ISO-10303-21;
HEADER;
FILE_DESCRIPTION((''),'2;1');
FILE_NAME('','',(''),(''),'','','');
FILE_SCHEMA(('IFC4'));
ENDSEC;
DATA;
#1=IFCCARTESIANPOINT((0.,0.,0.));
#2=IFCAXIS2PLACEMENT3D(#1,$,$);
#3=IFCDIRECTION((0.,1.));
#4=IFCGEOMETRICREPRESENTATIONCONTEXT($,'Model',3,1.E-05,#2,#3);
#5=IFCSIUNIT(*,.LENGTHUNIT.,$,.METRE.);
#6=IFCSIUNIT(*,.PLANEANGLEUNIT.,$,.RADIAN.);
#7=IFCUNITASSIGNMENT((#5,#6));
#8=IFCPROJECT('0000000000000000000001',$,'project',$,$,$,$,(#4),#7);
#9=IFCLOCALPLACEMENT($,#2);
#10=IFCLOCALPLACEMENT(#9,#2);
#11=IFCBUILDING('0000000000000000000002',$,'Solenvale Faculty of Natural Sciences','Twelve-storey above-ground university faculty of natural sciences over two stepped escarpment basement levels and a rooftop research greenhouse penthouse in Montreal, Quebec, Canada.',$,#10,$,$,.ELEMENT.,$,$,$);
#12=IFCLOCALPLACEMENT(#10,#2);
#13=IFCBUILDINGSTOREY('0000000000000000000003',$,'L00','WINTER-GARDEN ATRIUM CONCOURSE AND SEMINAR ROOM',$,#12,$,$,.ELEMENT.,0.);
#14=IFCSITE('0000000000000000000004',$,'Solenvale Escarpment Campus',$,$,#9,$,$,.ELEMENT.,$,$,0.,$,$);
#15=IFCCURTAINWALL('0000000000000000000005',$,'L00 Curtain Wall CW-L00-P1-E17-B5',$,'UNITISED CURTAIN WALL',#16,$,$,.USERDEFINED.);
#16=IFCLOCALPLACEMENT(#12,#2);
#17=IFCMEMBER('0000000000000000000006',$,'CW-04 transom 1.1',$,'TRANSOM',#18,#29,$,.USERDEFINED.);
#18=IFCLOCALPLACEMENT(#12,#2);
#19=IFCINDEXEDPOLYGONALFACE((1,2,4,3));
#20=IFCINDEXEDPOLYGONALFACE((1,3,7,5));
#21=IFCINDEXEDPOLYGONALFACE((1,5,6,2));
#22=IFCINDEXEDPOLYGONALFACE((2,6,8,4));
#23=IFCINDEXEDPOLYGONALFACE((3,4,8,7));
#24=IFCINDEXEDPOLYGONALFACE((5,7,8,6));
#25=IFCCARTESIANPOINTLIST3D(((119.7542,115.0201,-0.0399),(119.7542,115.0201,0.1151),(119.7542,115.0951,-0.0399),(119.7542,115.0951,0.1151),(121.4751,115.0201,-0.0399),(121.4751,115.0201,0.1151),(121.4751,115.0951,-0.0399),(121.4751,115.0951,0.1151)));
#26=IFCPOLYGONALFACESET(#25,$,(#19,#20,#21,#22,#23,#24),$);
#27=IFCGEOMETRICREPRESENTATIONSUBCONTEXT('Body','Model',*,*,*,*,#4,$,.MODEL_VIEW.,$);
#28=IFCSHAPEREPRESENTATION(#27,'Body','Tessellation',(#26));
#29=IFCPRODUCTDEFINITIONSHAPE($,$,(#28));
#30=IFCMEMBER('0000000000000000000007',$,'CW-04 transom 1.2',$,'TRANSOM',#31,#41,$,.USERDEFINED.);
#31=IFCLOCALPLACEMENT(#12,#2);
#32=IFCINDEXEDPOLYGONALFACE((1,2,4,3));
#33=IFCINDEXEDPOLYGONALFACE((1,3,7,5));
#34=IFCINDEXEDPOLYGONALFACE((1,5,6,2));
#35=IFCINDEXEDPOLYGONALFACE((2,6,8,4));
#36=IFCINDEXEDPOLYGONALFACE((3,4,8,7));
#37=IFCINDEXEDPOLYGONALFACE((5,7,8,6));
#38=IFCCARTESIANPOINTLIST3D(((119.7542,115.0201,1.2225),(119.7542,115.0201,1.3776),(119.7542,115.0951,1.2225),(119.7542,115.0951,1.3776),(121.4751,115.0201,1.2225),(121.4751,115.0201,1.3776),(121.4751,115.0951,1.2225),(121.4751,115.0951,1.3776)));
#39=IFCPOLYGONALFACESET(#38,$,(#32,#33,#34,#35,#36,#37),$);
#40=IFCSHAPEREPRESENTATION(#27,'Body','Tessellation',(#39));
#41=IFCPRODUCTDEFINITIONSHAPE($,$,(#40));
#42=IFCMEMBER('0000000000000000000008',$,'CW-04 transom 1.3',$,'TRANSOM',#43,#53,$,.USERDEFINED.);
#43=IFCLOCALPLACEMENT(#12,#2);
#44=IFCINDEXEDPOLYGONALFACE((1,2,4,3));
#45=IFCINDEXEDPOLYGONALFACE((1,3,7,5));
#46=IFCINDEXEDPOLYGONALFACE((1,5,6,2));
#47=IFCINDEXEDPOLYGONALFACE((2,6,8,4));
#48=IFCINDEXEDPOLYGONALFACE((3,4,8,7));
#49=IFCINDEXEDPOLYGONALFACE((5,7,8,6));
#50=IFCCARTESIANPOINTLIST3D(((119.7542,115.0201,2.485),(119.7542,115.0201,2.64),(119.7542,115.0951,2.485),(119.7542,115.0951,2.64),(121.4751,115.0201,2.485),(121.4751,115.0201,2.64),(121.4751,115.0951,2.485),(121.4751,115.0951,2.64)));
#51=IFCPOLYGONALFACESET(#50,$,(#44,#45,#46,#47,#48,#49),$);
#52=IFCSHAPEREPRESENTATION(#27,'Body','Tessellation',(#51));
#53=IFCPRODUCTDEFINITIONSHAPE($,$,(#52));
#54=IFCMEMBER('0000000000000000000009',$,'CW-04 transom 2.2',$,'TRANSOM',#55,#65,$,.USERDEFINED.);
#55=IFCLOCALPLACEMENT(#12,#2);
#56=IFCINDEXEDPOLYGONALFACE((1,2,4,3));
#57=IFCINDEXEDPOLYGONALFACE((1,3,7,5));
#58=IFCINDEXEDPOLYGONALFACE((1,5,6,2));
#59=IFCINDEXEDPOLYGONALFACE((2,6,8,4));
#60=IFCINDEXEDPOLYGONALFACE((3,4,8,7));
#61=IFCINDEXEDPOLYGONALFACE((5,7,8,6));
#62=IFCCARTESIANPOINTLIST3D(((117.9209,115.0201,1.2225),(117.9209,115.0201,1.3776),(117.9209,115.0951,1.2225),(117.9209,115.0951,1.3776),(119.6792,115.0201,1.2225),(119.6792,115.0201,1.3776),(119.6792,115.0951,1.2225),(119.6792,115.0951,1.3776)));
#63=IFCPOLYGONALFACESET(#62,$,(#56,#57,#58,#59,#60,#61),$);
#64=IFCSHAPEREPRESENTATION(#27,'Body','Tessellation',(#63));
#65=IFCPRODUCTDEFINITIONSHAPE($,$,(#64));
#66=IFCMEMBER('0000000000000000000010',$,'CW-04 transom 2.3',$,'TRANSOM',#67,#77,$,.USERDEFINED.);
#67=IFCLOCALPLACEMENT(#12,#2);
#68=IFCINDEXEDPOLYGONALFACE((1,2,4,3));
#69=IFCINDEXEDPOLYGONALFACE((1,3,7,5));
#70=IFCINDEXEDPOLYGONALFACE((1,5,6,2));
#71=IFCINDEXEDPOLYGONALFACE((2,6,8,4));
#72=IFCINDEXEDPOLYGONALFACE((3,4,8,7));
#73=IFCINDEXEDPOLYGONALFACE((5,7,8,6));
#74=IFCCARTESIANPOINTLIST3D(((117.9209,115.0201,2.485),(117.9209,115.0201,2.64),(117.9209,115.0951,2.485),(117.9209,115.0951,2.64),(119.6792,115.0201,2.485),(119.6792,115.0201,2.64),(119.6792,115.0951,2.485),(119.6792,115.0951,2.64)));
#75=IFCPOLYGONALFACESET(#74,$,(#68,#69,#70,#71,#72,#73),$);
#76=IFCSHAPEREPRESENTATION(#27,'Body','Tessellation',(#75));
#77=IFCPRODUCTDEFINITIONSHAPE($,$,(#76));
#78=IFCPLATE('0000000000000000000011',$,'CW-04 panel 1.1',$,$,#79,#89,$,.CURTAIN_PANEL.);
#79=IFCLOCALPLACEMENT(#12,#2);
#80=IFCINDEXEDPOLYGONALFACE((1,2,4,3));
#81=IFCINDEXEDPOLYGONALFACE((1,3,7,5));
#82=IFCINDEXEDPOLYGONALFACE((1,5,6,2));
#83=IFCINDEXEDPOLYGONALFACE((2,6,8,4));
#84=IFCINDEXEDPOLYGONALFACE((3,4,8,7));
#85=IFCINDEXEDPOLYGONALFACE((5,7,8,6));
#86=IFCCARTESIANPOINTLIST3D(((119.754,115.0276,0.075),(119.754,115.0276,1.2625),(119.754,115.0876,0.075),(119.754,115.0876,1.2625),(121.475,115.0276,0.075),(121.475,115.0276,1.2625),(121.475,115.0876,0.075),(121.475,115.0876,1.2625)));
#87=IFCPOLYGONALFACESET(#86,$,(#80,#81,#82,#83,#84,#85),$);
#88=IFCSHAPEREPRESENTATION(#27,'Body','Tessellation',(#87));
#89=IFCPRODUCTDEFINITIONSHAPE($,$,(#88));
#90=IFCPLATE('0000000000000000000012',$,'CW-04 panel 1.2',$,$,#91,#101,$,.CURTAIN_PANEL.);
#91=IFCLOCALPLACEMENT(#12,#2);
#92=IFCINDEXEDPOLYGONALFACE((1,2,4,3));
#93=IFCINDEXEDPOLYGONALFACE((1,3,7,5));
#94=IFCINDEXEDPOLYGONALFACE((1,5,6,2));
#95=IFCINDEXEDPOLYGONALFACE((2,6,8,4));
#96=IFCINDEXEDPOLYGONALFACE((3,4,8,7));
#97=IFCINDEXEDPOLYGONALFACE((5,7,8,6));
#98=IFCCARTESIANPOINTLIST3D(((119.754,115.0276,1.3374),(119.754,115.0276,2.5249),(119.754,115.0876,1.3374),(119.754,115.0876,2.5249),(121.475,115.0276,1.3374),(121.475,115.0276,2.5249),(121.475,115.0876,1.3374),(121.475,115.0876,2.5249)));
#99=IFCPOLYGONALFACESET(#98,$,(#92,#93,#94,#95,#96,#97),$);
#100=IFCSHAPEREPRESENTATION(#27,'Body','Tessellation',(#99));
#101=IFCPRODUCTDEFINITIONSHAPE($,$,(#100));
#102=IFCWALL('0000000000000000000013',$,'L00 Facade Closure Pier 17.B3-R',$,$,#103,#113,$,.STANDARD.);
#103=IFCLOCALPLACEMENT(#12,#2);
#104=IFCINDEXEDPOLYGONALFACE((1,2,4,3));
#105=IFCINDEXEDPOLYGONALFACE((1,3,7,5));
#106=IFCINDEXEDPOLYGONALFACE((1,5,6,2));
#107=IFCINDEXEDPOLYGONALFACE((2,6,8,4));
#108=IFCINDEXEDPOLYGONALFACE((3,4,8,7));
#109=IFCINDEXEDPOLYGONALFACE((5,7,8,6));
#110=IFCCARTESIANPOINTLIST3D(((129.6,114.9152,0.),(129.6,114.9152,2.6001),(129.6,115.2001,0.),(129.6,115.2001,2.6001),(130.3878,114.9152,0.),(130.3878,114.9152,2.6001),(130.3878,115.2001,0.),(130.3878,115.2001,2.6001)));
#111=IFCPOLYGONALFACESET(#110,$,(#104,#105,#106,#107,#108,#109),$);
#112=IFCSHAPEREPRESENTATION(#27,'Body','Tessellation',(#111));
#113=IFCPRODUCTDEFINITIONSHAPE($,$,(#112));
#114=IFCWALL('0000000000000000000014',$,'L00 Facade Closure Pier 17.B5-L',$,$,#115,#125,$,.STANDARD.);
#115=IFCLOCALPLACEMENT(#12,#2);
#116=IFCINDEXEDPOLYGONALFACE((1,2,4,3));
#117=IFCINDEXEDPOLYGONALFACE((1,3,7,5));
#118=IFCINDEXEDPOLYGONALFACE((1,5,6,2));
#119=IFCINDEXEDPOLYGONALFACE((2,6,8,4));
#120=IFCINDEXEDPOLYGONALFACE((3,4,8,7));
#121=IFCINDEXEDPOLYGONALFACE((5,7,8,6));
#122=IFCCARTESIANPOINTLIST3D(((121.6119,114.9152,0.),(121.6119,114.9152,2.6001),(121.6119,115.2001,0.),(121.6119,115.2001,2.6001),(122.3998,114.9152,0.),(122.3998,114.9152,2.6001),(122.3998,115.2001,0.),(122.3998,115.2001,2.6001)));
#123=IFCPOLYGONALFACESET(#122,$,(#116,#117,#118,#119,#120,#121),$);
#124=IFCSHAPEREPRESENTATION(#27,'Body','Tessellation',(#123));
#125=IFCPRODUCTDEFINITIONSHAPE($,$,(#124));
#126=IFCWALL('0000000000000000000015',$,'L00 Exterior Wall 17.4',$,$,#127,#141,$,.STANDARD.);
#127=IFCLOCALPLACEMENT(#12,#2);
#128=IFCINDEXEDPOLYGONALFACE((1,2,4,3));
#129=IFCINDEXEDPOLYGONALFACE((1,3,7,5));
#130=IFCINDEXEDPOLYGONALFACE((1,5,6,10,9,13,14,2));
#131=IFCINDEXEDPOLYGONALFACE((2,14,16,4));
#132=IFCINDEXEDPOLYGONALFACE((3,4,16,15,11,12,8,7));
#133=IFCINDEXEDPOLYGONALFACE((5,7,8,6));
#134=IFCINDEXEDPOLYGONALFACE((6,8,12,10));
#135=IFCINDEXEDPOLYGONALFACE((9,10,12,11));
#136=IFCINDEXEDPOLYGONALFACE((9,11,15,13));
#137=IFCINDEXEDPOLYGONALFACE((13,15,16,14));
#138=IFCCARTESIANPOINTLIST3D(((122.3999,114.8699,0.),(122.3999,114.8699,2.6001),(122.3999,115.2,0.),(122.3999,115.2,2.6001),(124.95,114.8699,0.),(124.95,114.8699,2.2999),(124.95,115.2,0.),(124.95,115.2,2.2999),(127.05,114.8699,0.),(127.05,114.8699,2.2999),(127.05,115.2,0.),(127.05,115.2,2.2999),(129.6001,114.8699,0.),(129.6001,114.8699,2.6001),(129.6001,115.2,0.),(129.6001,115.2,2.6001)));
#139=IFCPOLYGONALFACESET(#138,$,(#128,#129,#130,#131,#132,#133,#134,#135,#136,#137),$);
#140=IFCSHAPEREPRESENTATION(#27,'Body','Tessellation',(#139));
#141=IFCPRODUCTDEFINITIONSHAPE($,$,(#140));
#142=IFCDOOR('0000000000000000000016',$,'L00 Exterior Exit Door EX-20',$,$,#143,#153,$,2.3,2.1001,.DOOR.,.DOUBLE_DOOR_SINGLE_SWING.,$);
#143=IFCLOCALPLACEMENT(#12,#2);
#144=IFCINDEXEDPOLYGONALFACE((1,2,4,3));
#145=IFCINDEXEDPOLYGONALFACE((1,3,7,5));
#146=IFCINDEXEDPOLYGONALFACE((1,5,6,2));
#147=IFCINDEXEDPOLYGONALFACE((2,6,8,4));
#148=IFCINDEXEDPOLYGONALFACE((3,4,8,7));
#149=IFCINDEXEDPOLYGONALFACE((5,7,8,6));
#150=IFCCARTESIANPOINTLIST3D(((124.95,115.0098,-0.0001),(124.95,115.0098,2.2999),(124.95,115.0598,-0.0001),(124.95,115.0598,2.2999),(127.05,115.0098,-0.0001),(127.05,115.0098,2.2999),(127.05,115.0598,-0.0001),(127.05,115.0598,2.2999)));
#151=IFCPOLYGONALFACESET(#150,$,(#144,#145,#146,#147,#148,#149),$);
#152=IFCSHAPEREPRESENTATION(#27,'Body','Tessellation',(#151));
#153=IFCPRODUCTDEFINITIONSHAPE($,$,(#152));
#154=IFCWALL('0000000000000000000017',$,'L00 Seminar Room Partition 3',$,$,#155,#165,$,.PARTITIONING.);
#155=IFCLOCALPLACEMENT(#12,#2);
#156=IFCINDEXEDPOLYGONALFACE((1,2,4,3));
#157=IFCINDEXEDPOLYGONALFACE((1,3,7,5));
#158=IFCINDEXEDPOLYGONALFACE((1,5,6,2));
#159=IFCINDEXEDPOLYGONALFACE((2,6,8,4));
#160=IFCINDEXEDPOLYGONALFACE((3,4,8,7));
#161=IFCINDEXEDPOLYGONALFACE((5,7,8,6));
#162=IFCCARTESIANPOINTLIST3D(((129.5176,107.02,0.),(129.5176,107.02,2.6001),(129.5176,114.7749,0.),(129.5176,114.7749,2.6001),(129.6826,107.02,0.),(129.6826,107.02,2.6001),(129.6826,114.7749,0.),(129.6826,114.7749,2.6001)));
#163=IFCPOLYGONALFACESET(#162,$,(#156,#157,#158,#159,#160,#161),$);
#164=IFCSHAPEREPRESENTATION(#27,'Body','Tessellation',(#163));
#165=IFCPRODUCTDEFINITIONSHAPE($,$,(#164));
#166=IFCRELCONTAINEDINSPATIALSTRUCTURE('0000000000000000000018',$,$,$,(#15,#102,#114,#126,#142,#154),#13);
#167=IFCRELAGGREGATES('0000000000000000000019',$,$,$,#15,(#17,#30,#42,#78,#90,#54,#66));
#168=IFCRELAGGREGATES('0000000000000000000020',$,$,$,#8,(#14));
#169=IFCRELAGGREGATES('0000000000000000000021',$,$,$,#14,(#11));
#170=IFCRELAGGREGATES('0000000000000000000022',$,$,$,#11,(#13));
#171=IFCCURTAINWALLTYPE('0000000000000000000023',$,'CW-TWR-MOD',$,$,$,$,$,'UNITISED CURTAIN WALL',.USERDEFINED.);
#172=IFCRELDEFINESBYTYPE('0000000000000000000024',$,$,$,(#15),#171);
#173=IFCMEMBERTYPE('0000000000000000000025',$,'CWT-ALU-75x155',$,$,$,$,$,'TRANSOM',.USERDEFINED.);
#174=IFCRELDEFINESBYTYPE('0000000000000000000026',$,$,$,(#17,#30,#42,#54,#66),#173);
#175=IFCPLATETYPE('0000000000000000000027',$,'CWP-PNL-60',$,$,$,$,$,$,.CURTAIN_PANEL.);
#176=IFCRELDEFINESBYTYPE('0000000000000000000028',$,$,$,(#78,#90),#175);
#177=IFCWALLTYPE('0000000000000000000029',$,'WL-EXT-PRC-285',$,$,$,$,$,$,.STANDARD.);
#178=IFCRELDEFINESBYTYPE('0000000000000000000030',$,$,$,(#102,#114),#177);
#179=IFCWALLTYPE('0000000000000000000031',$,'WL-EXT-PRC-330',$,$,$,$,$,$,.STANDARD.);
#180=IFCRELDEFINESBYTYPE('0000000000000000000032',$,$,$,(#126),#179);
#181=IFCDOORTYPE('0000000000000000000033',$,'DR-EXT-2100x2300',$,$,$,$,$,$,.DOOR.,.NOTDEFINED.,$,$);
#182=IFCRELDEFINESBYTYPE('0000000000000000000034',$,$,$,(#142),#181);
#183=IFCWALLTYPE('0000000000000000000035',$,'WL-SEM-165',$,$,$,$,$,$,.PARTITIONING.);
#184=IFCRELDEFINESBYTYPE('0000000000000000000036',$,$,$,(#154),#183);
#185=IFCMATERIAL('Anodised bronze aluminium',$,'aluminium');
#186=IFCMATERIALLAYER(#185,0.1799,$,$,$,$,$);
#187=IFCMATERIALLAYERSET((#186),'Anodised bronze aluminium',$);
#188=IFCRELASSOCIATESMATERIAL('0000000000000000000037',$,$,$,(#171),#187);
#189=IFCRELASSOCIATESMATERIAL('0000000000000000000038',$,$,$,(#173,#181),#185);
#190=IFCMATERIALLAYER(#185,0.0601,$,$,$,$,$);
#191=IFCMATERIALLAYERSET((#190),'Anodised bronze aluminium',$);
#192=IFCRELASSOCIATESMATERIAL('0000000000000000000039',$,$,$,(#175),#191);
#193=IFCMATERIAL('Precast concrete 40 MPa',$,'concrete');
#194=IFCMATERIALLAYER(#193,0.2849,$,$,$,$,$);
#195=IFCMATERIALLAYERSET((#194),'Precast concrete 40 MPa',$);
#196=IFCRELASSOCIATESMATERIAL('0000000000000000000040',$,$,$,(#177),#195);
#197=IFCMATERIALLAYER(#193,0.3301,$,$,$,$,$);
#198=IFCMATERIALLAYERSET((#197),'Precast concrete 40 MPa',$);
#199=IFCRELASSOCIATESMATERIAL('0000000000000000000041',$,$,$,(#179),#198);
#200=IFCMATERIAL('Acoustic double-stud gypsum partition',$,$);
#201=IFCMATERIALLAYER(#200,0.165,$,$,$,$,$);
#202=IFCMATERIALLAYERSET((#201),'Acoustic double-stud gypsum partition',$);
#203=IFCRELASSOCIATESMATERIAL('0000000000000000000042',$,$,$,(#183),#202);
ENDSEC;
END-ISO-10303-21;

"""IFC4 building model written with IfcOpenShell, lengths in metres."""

from ifc_helpers import new_model, si_unit, direction, frame, frame_2d, origin, origin_2d, place, context, subcontext, project, spatial, rectangle, extrude, material, layer, layer_set, material_profile, profile_set, type_object, element, fill, aggregate, save


model = new_model("IFC4")

# Units and contexts
model_context = context("Model", 3, precision=1e-05, world=origin(), true_north=direction((0.0, 1.0)))
body_context = subcontext(model_context, "Body", "Model", "MODEL_VIEW")
ifc_project = project(units=[si_unit("LENGTHUNIT", "METRE"), si_unit("PLANEANGLEUNIT", "RADIAN")], contexts=[model_context])

# Site, building, storey
site_placement = place(None, origin())
site = spatial("IfcSite", under=ifc_project, at=site_placement, Name="Solenvale Escarpment Campus", CompositionType="ELEMENT", RefElevation=0.0)
building_placement = place(site_placement, origin())
building = spatial("IfcBuilding", under=site, at=building_placement, Name="Solenvale Faculty of Natural Sciences", Description="Twelve-storey above-ground university faculty of natural sciences over two stepped escarpment basement levels and a rooftop research greenhouse penthouse in Montreal, Quebec, Canada.", CompositionType="ELEMENT")
storey_placement = place(building_placement, origin())
storey = spatial("IfcBuildingStorey", under=building, at=storey_placement, Name="L00", Description="WINTER-GARDEN ATRIUM CONCOURSE AND SEMINAR ROOM", CompositionType="ELEMENT", Elevation=0.0)

# Shared definitions
ifc_material_1 = material(Name="Precast concrete 40 MPa", Category="concrete")

# Shared definitions
ifc_material_2 = material(Name="Anodised bronze aluminium", Category="aluminium")
ifc_layer_1 = layer(ifc_material_2, 0.1799)
ifc_layer_set_1 = layer_set([ifc_layer_1], Name="Anodised bronze aluminium")
curtain_wall_type = type_object("IfcCurtainWallType", Name="CW-TWR-MOD", ElementType="UNITISED CURTAIN WALL", PredefinedType="USERDEFINED", material=ifc_layer_set_1)

# Curtain wall, members, plates
curtain_wall_1_placement = place(storey_placement, origin())
curtain_wall_1 = element("IfcCurtainWall", 1, at=curtain_wall_1_placement, inside=storey, type_object=curtain_wall_type, Name="L00 Curtain Wall CW-L00-P1-E17-B5", ObjectType="UNITISED CURTAIN WALL", PredefinedType="USERDEFINED")
ifc_material_profile_1 = material_profile(ifc_material_2, rectangle(XDim=0.075, YDim=0.155, at=origin_2d()), Name="ALU-TRN-75x155")
ifc_profile_set_1 = profile_set([ifc_material_profile_1], Name="Anodised bronze aluminium")
member_type_1 = type_object("IfcMemberType", Name="CWT-ALU-75x155", ElementType="TRANSOM", PredefinedType="USERDEFINED", material=ifc_profile_set_1)
member_1_placement = place(storey_placement, frame((121.4751, 115.0576, 0.0376), z_axis=(-1.0, 0.0, 0.0), x_axis=(0.0, -1.0, 0.0)))
member_1 = element("IfcMember", 2, at=member_1_placement, type_object=member_type_1, Name="CW-04 transom 1.1", ObjectType="TRANSOM", PredefinedType="USERDEFINED", context=body_context, shape_type="SweptSolid", body=[
    extrude(rectangle(XDim=0.075, YDim=0.155, at=origin_2d()), origin(), (0.0, 0.0, 1.0), 1.7209),
])
member_2_placement = place(storey_placement, frame((121.4751, 115.0576, 1.3), z_axis=(-1.0, 0.0, 0.0), x_axis=(0.0, -1.0, 0.0)))
member_2 = element("IfcMember", 3, at=member_2_placement, type_object=member_type_1, Name="CW-04 transom 1.2", ObjectType="TRANSOM", PredefinedType="USERDEFINED", context=body_context, shape_type="SweptSolid", body=[
    extrude(rectangle(XDim=0.075, YDim=0.155, at=origin_2d()), origin(), (0.0, 0.0, 1.0), 1.7209),
])
member_3_placement = place(storey_placement, frame((121.4751, 115.0576, 2.5625), z_axis=(-1.0, 0.0, 0.0), x_axis=(0.0, -1.0, 0.0)))
member_3 = element("IfcMember", 4, at=member_3_placement, type_object=member_type_1, Name="CW-04 transom 1.3", ObjectType="TRANSOM", PredefinedType="USERDEFINED", context=body_context, shape_type="SweptSolid", body=[
    extrude(rectangle(XDim=0.075, YDim=0.155, at=origin_2d()), origin(), (0.0, 0.0, 1.0), 1.7209),
])
member_4_placement = place(storey_placement, frame((119.6792, 115.0576, 1.3), z_axis=(-1.0, 0.0, 0.0), x_axis=(0.0, -1.0, 0.0)))
member_4 = element("IfcMember", 5, at=member_4_placement, type_object=member_type_1, Name="CW-04 transom 2.2", ObjectType="TRANSOM", PredefinedType="USERDEFINED", context=body_context, shape_type="SweptSolid", body=[
    extrude(rectangle(XDim=0.075, YDim=0.155, at=origin_2d()), origin(), (0.0, 0.0, 1.0), 1.7583),
])
member_5_placement = place(storey_placement, frame((119.6792, 115.0576, 2.5625), z_axis=(-1.0, 0.0, 0.0), x_axis=(0.0, -1.0, 0.0)))
member_5 = element("IfcMember", 6, at=member_5_placement, type_object=member_type_1, Name="CW-04 transom 2.3", ObjectType="TRANSOM", PredefinedType="USERDEFINED", context=body_context, shape_type="SweptSolid", body=[
    extrude(rectangle(XDim=0.075, YDim=0.155, at=origin_2d()), origin(), (0.0, 0.0, 1.0), 1.7583),
])
ifc_layer_2 = layer(ifc_material_2, 0.0601)
ifc_layer_set_2 = layer_set([ifc_layer_2], Name="Anodised bronze aluminium")
plate_type = type_object("IfcPlateType", Name="CWP-PNL-60", PredefinedType="CURTAIN_PANEL", material=ifc_layer_set_2)
plate_1_placement = place(storey_placement, frame((120.6145, 115.0576, 0.075), z_axis=(0.0, 0.0, 1.0), x_axis=(-1.0, 0.0, 0.0)))
plate_1 = element("IfcPlate", 7, at=plate_1_placement, type_object=plate_type, Name="CW-04 panel 1.1", PredefinedType="CURTAIN_PANEL", context=body_context, shape_type="SweptSolid", body=[
    extrude(rectangle(XDim=1.7209, YDim=0.0601, at=origin_2d()), origin(), (0.0, 0.0, 1.0), 1.1875),
])
plate_2_placement = place(storey_placement, frame((120.6145, 115.0576, 1.3374), z_axis=(0.0, 0.0, 1.0), x_axis=(-1.0, 0.0, 0.0)))
plate_2 = element("IfcPlate", 8, at=plate_2_placement, type_object=plate_type, Name="CW-04 panel 1.2", PredefinedType="CURTAIN_PANEL", context=body_context, shape_type="SweptSolid", body=[
    extrude(rectangle(XDim=1.7209, YDim=0.0601, at=origin_2d()), origin(), (0.0, 0.0, 1.0), 1.1875),
])
aggregate(curtain_wall_1, [member_1, member_2, member_3, plate_1, plate_2, member_4, member_5])

# Walls
ifc_layer_3 = layer(ifc_material_1, 0.2849)
ifc_layer_set_3 = layer_set([ifc_layer_3], Name="Precast concrete 40 MPa")
wall_type_1 = type_object("IfcWallType", Name="WL-EXT-PRC-285", PredefinedType="STANDARD", material=ifc_layer_set_3)
for number, where, z_axis, x_axis, name in (
    (9, (130.3879, 115.0576, 0.0), (0.0, 0.0, 1.0), (-1.0, 0.0, 0.0), "L00 Facade Closure Pier 17.B3-R"),
    (10, (122.3999, 115.0576, 0.0), (0.0, 0.0, 1.0), (-1.0, 0.0, 0.0), "L00 Facade Closure Pier 17.B5-L"),
):
    element("IfcWall", number, at=place(storey_placement, frame(where, z_axis=z_axis, x_axis=x_axis)), inside=storey, type_object=wall_type_1, Name=name, PredefinedType="STANDARD", context=body_context, shape_type="SweptSolid", body=[
        extrude(rectangle(XDim=0.7878, YDim=0.2849, at=frame_2d((0.394, 0.0))), origin(), (0.0, 0.0, 1.0), 2.6001),
    ])

# Wall, opening, door
ifc_layer_4 = layer(ifc_material_1, 0.3301)
ifc_layer_set_4 = layer_set([ifc_layer_4], Name="Precast concrete 40 MPa")
wall_type_2 = type_object("IfcWallType", Name="WL-EXT-PRC-330", PredefinedType="STANDARD", material=ifc_layer_set_4)
wall_1_placement = place(storey_placement, frame((122.3999, 115.0349, 0.0), z_axis=(0.0, 0.0, 1.0), x_axis=(1.0, 0.0, 0.0)))
wall_1 = element("IfcWall", 11, at=wall_1_placement, inside=storey, type_object=wall_type_2, Name="L00 Exterior Wall 17.4", PredefinedType="STANDARD", context=body_context, shape_type="SweptSolid", body=[
    extrude(rectangle(XDim=7.2002, YDim=0.3301, at=frame_2d((3.6001, 0.0))), origin(), (0.0, 0.0, 1.0), 2.6001),
])
opening_placement = place(wall_1_placement, frame((2.55, 0.0, 0.0)))
opening = element("IfcOpeningElement", 12, at=opening_placement, cuts=wall_1, PredefinedType="OPENING", context=body_context, shape_type="SweptSolid", body=[
    extrude(rectangle(XDim=2.1001, YDim=2.3, at=frame_2d((1.05, 1.1499))), frame((0.0, 0.175, 0.0), z_axis=(0.0, -1.0, 0.0), x_axis=(1.0, 0.0, 0.0)), (0.0, 0.0, 1.0), 0.3501),
])
door_type = type_object("IfcDoorType", Name="DR-EXT-2100x2300", OperationType="NOTDEFINED", PredefinedType="DOOR", material=ifc_material_2)
door_placement = place(opening_placement, origin())
door = element("IfcDoor", 13, at=door_placement, inside=storey, type_object=door_type, Name="L00 Exterior Exit Door EX-20", OperationType="DOUBLE_DOOR_SINGLE_SWING", OverallHeight=2.3, OverallWidth=2.1001, PredefinedType="DOOR", context=body_context, shape_type="SweptSolid", body=[
    extrude(rectangle(XDim=2.1001, YDim=2.3, at=frame_2d((1.05, 1.1499))), frame((0.0, 0.0249, 0.0), z_axis=(0.0, -1.0, 0.0), x_axis=(1.0, 0.0, 0.0)), (0.0, 0.0, 1.0), 0.05),
])
fill(opening, door)

# Wall
ifc_material_3 = material(Name="Acoustic double-stud gypsum partition")
ifc_layer_5 = layer(ifc_material_3, 0.165)
ifc_layer_set_5 = layer_set([ifc_layer_5], Name="Acoustic double-stud gypsum partition")
wall_type_3 = type_object("IfcWallType", Name="WL-SEM-165", PredefinedType="PARTITIONING", material=ifc_layer_set_5)
wall_2_placement = place(storey_placement, frame((129.6001, 114.7749, 0.0), z_axis=(0.0, 0.0, 1.0), x_axis=(0.0, -1.0, 0.0)))
element("IfcWall", 14, at=wall_2_placement, inside=storey, type_object=wall_type_3, Name="L00 Seminar Room Partition 3", PredefinedType="PARTITIONING", context=body_context, shape_type="SweptSolid", body=[
    extrude(rectangle(XDim=7.7549, YDim=0.165, at=frame_2d((3.8774, 0.0))), origin(), (0.0, 0.0, 1.0), 2.6001),
])

save(model, "model.ifc")
